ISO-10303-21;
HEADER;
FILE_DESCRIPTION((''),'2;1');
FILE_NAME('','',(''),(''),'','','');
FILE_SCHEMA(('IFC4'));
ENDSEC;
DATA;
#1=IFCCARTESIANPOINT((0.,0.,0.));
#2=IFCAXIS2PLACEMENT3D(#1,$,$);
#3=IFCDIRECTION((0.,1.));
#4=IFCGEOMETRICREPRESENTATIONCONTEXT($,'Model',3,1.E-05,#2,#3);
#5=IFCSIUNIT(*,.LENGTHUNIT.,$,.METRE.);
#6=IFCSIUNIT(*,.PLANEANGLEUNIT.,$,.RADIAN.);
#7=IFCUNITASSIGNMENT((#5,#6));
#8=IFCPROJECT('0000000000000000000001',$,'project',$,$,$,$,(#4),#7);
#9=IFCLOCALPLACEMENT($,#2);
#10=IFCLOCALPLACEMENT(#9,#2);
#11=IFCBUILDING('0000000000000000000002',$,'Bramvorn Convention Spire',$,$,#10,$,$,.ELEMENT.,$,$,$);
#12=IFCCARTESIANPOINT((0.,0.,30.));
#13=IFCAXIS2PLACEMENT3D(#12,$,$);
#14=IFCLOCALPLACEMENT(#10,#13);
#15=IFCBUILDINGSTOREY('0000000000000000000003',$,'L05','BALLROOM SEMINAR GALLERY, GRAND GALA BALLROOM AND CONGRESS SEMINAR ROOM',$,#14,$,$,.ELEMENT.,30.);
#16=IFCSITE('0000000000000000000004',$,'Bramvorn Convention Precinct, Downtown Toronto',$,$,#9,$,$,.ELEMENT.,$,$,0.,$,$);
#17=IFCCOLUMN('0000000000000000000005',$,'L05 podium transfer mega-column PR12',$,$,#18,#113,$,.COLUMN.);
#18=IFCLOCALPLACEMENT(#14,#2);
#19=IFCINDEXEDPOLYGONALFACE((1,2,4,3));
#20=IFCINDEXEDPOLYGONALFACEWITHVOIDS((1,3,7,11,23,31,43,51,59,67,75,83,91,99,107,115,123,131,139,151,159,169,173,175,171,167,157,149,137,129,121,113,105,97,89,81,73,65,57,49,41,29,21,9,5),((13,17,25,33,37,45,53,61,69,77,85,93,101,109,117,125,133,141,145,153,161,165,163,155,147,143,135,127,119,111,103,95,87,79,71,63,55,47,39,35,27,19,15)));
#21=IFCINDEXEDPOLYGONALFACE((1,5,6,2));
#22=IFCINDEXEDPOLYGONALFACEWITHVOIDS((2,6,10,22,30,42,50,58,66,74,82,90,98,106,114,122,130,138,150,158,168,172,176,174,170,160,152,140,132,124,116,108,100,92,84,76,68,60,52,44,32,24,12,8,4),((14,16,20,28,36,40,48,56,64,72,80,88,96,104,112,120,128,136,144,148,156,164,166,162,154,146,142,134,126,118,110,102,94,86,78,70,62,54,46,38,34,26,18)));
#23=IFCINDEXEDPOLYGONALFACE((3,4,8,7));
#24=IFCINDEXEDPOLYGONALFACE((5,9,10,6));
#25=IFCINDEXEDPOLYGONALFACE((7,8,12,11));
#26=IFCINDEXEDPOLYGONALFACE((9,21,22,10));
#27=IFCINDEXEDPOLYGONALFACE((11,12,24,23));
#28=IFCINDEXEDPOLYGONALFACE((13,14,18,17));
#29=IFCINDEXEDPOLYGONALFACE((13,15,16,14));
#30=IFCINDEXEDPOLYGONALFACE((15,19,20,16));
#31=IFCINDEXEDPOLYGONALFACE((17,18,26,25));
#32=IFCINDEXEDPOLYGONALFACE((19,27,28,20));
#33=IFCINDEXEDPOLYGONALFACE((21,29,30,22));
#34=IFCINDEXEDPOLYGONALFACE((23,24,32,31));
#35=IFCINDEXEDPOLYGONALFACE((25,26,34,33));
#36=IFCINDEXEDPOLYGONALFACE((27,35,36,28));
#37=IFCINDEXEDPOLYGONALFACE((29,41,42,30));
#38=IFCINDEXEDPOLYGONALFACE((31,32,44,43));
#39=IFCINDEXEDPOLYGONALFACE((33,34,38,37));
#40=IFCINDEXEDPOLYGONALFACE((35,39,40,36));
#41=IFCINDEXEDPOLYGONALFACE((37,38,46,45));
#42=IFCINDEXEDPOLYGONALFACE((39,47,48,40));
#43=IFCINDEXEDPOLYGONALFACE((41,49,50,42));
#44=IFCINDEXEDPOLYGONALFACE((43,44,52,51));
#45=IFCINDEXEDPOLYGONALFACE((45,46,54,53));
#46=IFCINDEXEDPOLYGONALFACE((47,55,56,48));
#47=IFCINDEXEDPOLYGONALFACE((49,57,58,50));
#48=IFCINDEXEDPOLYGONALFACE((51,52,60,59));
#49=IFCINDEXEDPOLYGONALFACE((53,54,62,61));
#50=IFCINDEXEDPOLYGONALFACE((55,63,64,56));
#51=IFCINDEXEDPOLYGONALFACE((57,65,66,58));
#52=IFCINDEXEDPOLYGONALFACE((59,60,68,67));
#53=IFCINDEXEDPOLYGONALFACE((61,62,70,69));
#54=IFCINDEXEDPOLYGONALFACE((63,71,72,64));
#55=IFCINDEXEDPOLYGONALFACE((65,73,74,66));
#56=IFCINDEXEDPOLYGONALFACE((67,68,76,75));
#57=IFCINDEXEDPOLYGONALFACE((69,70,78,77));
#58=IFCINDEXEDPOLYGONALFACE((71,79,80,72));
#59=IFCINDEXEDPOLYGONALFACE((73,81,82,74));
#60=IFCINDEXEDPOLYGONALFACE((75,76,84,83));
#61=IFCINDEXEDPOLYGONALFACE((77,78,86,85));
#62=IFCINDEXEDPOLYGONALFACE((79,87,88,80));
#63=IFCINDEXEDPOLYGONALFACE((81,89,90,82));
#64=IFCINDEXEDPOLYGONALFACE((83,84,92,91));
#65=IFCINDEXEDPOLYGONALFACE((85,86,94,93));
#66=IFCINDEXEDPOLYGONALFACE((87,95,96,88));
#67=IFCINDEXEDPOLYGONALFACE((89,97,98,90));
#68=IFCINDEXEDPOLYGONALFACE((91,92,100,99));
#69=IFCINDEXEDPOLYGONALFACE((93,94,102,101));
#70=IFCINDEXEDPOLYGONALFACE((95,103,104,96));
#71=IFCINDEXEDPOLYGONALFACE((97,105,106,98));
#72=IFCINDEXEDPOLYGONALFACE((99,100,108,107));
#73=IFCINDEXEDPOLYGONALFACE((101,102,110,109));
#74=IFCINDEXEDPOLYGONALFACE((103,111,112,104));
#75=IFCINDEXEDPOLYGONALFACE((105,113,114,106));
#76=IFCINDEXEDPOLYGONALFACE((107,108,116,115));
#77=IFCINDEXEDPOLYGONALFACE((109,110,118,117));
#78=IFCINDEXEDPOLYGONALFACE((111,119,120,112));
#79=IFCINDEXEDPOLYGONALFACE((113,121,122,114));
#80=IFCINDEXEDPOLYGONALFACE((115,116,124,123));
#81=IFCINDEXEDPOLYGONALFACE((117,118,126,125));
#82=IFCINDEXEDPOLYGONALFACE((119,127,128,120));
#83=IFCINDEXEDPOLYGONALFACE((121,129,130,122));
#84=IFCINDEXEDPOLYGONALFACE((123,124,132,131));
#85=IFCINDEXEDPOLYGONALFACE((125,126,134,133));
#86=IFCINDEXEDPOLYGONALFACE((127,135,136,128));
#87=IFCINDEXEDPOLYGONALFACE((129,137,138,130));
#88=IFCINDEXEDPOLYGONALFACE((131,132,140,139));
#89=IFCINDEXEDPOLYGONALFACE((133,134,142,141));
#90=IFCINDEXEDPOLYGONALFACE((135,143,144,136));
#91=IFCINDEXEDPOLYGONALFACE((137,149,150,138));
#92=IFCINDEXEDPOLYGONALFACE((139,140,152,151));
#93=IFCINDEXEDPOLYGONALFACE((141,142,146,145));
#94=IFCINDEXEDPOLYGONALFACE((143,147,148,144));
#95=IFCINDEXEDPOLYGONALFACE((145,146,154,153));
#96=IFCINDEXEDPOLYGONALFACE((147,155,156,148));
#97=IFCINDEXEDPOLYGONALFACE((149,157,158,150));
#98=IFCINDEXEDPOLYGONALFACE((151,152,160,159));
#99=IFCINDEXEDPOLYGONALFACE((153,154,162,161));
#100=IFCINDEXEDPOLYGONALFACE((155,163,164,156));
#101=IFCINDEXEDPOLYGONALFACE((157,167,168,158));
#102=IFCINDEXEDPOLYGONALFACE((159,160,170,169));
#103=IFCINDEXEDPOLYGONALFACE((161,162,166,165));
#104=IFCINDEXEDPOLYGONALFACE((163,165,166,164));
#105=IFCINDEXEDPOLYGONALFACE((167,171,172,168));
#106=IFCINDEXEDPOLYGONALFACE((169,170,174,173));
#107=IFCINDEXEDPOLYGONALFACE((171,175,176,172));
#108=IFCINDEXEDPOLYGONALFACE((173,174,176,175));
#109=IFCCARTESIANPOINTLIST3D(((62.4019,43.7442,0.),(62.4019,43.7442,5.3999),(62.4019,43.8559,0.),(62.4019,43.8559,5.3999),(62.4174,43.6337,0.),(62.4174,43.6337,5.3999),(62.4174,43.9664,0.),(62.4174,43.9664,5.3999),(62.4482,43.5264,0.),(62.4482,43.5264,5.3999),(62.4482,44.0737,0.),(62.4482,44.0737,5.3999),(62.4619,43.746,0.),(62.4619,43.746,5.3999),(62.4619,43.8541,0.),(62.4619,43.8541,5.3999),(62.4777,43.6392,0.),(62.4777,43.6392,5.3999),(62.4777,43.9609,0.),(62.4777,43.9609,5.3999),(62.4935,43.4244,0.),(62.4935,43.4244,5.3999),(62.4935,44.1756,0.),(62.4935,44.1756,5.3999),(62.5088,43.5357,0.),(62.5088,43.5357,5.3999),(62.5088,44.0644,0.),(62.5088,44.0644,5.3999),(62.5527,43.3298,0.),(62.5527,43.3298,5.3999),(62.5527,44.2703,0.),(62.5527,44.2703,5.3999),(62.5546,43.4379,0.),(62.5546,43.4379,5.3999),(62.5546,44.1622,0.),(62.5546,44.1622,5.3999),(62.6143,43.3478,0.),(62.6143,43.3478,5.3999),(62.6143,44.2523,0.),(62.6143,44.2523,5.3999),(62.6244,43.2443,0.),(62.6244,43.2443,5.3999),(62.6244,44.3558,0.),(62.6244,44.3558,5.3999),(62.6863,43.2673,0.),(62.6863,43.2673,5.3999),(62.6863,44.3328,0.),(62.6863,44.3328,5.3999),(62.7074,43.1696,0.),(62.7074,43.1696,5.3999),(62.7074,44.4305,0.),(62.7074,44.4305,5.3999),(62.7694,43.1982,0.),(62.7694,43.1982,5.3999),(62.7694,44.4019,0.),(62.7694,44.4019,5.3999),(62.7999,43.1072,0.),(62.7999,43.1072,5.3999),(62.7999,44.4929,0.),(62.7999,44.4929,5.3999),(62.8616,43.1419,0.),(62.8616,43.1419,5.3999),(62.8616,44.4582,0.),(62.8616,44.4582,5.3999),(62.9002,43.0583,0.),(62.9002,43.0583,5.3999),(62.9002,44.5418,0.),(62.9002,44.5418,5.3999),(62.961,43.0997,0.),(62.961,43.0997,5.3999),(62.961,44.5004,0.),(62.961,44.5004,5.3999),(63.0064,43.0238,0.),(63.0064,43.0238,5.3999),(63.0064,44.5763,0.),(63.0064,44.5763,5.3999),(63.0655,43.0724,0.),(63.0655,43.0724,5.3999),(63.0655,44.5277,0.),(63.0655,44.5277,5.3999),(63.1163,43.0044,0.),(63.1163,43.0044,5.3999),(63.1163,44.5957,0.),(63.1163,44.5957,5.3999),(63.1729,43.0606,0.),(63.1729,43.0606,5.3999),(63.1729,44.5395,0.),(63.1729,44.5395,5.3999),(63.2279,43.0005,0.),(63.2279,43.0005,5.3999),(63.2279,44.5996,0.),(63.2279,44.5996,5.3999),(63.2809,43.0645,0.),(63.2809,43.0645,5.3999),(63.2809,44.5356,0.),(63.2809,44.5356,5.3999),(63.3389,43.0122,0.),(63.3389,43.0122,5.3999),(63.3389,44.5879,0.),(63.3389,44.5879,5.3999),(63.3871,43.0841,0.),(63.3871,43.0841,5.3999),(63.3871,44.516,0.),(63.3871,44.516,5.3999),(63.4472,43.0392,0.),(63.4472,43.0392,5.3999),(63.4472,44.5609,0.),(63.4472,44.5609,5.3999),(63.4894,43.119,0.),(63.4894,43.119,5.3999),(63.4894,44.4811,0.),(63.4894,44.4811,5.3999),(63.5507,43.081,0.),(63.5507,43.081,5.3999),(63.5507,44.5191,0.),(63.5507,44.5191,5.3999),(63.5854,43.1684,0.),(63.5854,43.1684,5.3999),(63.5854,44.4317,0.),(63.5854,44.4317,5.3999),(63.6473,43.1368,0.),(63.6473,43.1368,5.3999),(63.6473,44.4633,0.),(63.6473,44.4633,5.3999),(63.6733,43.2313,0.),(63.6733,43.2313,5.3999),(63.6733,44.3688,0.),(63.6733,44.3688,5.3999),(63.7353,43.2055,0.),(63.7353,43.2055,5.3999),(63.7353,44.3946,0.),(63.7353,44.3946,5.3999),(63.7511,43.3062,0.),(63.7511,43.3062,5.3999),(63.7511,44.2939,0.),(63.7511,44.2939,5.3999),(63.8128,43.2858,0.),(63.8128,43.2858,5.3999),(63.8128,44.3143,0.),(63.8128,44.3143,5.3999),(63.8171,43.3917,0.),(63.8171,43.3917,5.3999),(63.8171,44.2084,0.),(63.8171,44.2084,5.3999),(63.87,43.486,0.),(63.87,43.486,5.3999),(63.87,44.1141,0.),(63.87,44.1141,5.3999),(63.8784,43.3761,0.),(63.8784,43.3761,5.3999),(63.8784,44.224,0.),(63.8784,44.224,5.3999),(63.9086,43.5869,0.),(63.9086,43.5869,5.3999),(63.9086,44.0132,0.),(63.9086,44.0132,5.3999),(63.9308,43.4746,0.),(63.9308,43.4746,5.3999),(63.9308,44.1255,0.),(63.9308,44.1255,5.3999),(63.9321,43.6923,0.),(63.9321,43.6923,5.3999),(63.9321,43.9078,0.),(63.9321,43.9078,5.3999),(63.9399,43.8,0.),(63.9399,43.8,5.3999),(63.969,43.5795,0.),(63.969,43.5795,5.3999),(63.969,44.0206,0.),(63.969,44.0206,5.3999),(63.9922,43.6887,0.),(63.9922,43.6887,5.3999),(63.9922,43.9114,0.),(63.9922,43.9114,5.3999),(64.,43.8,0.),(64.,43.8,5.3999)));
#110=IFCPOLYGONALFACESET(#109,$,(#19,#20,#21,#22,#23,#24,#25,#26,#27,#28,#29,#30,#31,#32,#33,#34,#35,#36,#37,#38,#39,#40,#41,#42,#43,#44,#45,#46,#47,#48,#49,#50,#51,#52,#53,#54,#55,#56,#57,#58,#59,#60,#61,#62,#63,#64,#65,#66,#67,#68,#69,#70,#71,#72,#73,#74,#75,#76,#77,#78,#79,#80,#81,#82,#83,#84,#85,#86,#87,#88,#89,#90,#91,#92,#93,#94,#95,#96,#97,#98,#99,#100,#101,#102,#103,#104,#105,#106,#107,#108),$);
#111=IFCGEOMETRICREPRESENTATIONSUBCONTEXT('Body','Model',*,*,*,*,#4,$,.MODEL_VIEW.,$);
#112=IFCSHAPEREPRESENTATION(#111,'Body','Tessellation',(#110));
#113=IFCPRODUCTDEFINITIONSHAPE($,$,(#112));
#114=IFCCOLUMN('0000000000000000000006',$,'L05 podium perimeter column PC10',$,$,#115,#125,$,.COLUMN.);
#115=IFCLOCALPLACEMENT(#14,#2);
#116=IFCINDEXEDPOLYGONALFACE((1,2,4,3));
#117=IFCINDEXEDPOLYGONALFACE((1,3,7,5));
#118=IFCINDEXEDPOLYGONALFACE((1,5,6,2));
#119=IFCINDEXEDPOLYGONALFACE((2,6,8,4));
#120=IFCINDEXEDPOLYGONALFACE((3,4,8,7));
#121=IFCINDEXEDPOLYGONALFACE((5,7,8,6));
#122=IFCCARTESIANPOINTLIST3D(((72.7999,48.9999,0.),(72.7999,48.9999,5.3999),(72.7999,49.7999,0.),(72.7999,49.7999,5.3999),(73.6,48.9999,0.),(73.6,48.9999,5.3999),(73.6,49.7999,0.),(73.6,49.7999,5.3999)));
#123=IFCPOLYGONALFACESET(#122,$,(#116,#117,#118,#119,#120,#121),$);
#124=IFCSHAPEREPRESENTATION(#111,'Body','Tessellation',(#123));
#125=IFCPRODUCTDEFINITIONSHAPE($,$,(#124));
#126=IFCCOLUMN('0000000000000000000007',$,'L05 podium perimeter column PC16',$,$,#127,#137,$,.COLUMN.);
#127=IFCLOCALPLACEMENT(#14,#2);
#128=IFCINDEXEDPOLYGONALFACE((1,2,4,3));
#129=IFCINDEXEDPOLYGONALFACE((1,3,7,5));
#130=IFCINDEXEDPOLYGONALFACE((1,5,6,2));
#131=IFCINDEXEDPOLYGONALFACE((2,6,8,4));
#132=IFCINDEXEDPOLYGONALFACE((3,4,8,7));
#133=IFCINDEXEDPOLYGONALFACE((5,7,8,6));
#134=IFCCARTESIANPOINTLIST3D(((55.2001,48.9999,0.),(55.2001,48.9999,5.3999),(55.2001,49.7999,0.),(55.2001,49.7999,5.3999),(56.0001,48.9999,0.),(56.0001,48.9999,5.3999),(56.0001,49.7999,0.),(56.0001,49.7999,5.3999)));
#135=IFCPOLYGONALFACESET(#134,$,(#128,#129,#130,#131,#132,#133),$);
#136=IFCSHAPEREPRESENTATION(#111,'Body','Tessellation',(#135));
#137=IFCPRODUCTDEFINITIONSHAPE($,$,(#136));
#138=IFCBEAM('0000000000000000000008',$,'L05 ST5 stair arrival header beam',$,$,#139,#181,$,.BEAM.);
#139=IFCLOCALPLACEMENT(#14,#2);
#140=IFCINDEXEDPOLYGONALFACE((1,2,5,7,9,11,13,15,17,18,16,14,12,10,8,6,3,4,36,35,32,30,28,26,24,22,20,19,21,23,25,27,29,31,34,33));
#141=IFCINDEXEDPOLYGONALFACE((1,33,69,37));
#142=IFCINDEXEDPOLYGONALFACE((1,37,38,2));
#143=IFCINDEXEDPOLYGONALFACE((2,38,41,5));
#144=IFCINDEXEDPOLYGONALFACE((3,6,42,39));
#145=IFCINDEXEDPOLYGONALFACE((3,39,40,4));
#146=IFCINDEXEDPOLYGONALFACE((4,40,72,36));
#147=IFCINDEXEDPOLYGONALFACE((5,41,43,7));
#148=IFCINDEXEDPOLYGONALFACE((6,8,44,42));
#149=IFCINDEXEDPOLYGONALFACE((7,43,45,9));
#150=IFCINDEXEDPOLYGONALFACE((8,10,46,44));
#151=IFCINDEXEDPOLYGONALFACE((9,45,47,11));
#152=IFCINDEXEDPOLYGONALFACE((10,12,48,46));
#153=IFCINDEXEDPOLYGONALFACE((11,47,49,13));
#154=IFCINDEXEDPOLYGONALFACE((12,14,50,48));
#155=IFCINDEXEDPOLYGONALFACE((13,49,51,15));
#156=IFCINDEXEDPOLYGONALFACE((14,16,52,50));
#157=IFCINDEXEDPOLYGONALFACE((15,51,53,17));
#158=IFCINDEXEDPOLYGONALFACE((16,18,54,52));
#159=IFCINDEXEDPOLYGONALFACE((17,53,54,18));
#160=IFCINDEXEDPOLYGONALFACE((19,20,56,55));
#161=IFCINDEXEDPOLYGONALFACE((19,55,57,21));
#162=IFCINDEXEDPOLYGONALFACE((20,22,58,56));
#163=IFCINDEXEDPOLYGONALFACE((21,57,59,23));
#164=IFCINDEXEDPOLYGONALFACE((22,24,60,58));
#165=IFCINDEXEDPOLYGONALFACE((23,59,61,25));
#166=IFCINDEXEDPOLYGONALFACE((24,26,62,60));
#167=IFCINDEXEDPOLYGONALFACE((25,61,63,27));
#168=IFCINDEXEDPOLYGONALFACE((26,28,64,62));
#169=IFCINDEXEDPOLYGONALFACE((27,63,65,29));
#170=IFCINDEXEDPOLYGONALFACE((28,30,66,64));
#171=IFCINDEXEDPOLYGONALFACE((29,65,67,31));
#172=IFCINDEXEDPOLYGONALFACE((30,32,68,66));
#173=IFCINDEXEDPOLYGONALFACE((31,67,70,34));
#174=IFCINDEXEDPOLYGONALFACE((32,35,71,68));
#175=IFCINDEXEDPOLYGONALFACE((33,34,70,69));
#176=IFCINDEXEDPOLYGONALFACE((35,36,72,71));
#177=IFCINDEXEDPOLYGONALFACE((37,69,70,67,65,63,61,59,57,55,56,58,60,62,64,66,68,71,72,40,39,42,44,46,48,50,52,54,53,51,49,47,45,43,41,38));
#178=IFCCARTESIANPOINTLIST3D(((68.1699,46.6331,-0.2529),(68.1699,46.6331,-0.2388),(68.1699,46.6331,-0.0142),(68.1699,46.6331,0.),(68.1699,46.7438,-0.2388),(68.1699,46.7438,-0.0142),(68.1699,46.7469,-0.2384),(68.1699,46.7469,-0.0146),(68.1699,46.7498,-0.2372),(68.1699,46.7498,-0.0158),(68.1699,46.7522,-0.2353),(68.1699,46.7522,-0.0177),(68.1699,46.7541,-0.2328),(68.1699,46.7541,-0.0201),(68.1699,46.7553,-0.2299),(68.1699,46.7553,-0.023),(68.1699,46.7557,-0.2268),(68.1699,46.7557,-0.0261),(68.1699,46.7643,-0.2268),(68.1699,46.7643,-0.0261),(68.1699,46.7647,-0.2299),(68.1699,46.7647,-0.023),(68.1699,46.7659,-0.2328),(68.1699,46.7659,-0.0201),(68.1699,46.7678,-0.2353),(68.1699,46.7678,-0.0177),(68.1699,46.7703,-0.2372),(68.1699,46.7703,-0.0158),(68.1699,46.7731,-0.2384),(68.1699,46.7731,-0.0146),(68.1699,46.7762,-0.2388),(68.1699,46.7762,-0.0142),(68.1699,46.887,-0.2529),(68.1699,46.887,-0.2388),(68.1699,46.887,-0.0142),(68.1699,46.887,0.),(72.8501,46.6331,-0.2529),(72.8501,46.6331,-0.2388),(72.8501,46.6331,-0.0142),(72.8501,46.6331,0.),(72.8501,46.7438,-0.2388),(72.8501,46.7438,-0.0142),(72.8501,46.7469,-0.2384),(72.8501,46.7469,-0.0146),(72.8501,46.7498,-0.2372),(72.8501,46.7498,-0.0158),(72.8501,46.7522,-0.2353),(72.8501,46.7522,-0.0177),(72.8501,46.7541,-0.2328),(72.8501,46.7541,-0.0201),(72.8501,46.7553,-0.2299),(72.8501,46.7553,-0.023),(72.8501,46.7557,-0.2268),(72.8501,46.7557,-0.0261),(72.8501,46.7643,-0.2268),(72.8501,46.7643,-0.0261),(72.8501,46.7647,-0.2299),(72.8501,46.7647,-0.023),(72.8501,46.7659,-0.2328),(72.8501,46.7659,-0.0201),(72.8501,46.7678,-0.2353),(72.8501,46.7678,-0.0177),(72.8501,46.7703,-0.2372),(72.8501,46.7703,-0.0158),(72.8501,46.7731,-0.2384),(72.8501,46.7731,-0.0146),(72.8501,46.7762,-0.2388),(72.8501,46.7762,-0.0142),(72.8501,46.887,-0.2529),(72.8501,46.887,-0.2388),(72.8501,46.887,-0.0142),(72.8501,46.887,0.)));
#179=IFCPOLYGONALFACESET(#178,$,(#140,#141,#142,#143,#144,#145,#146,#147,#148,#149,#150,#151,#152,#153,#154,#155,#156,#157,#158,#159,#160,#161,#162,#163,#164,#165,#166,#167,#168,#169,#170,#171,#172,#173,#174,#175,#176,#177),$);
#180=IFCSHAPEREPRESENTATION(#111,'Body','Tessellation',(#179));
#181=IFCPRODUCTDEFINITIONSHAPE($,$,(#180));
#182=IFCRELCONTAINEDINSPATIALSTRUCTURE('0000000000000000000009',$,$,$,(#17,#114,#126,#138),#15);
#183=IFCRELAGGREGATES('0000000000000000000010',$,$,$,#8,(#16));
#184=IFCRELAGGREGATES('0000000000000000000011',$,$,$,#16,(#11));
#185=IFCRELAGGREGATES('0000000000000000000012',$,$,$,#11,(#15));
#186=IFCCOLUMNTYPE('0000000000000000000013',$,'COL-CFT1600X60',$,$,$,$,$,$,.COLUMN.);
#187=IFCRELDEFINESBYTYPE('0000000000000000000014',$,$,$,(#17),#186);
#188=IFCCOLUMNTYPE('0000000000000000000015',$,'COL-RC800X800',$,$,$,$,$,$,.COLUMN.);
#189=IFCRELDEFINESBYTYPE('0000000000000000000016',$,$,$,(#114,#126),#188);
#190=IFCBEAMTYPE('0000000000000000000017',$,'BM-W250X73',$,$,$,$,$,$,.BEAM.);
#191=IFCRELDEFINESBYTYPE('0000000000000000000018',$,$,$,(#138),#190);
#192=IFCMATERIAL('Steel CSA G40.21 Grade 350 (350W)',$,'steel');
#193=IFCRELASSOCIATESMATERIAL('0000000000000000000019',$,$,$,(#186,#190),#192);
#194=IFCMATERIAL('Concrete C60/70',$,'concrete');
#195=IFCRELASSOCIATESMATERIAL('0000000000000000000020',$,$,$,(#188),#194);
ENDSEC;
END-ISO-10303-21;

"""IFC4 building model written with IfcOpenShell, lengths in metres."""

from ifc_helpers import new_model, si_unit, direction, frame, origin, origin_2d, place, context, subcontext, project, spatial, rectangle, hollow_circle, i_section, extrude, material, material_profile, profile_set, type_object, element, save


model = new_model("IFC4")

# Units and contexts
model_context = context("Model", 3, precision=1e-05, world=origin(), true_north=direction((0.0, 1.0)))
body_context = subcontext(model_context, "Body", "Model", "MODEL_VIEW")
ifc_project = project(units=[si_unit("LENGTHUNIT", "METRE"), si_unit("PLANEANGLEUNIT", "RADIAN")], contexts=[model_context])

# Site, building, storey
site_placement = place(None, origin())
site = spatial("IfcSite", under=ifc_project, at=site_placement, Name="Bramvorn Convention Precinct, Downtown Toronto", CompositionType="ELEMENT", RefElevation=0.0)
building_placement = place(site_placement, origin())
building = spatial("IfcBuilding", under=site, at=building_placement, Name="Bramvorn Convention Spire", CompositionType="ELEMENT")
storey_placement = place(building_placement, frame((0.0, 0.0, 30.0)))
storey = spatial("IfcBuildingStorey", under=building, at=storey_placement, Name="L05", Description="BALLROOM SEMINAR GALLERY, GRAND GALA BALLROOM AND CONGRESS SEMINAR ROOM", CompositionType="ELEMENT", Elevation=30.0)

# Columns
ifc_material_1 = material(Name="Steel CSA G40.21 Grade 350 (350W)", Category="steel")
ifc_material_profile_1 = material_profile(ifc_material_1, hollow_circle(Radius=0.8, WallThickness=0.0601, at=origin_2d()))
ifc_profile_set_1 = profile_set([ifc_material_profile_1], Name="Steel CSA G40.21 Grade 350 (350W) - CFT1600X60")
column_type_1 = type_object("IfcColumnType", Name="COL-CFT1600X60", PredefinedType="COLUMN", material=ifc_profile_set_1)
column_placement = place(storey_placement, frame((63.2, 43.8, 0.0), z_axis=(0.0, 0.0, 1.0), x_axis=(1.0, 0.0, 0.0)))
element("IfcColumn", 1, at=column_placement, inside=storey, type_object=column_type_1, Name="L05 podium transfer mega-column PR12", PredefinedType="COLUMN", context=body_context, shape_type="SweptSolid", body=[
    extrude(hollow_circle(Radius=0.8, WallThickness=0.0601, at=origin_2d()), origin(), (0.0, 0.0, 1.0), 5.3999),
])
ifc_material_2 = material(Name="Concrete C60/70", Category="concrete")
ifc_material_profile_2 = material_profile(ifc_material_2, rectangle(XDim=0.8, YDim=0.8, at=origin_2d()))
ifc_profile_set_2 = profile_set([ifc_material_profile_2], Name="Concrete C60/70 - RC800X800")
column_type_2 = type_object("IfcColumnType", Name="COL-RC800X800", PredefinedType="COLUMN", material=ifc_profile_set_2)
for number, where, z_axis, x_axis, name in (
    (2, (73.2, 49.3999, 0.0), (0.0, 0.0, 1.0), (1.0, 0.0, 0.0), "L05 podium perimeter column PC10"),
    (3, (55.6001, 49.3999, 0.0), (0.0, 0.0, 1.0), (1.0, 0.0, 0.0), "L05 podium perimeter column PC16"),
):
    element("IfcColumn", number, at=place(storey_placement, frame(where, z_axis=z_axis, x_axis=x_axis)), inside=storey, type_object=column_type_2, Name=name, PredefinedType="COLUMN", context=body_context, shape_type="SweptSolid", body=[
        extrude(rectangle(XDim=0.8, YDim=0.8, at=origin_2d()), origin(), (0.0, 0.0, 1.0), 5.3999),
    ])

# Beam
ifc_material_profile_3 = material_profile(ifc_material_1, i_section(OverallWidth=0.2539, OverallDepth=0.2529, WebThickness=0.0085, FlangeThickness=0.0142, FilletRadius=0.012, at=origin_2d()))
ifc_profile_set_3 = profile_set([ifc_material_profile_3], Name="Steel CSA G40.21 Grade 350 (350W) - W250X73")
beam_type_1 = type_object("IfcBeamType", Name="BM-W250X73", PredefinedType="BEAM", material=ifc_profile_set_3)
beam_1_placement = place(storey_placement, frame((68.1699, 46.76, -0.1265), z_axis=(1.0, 0.0, 0.0), x_axis=(0.0, 1.0, 0.0)))
element("IfcBeam", 4, at=beam_1_placement, inside=storey, type_object=beam_type_1, Name="L05 ST5 stair arrival header beam", PredefinedType="BEAM", context=body_context, shape_type="SweptSolid", body=[
    extrude(i_section(OverallWidth=0.2539, OverallDepth=0.2529, WebThickness=0.0085, FlangeThickness=0.0142, FilletRadius=0.012, at=origin_2d()), origin(), (0.0, 0.0, 1.0), 4.6802),
])

save(model, "model.ifc")
